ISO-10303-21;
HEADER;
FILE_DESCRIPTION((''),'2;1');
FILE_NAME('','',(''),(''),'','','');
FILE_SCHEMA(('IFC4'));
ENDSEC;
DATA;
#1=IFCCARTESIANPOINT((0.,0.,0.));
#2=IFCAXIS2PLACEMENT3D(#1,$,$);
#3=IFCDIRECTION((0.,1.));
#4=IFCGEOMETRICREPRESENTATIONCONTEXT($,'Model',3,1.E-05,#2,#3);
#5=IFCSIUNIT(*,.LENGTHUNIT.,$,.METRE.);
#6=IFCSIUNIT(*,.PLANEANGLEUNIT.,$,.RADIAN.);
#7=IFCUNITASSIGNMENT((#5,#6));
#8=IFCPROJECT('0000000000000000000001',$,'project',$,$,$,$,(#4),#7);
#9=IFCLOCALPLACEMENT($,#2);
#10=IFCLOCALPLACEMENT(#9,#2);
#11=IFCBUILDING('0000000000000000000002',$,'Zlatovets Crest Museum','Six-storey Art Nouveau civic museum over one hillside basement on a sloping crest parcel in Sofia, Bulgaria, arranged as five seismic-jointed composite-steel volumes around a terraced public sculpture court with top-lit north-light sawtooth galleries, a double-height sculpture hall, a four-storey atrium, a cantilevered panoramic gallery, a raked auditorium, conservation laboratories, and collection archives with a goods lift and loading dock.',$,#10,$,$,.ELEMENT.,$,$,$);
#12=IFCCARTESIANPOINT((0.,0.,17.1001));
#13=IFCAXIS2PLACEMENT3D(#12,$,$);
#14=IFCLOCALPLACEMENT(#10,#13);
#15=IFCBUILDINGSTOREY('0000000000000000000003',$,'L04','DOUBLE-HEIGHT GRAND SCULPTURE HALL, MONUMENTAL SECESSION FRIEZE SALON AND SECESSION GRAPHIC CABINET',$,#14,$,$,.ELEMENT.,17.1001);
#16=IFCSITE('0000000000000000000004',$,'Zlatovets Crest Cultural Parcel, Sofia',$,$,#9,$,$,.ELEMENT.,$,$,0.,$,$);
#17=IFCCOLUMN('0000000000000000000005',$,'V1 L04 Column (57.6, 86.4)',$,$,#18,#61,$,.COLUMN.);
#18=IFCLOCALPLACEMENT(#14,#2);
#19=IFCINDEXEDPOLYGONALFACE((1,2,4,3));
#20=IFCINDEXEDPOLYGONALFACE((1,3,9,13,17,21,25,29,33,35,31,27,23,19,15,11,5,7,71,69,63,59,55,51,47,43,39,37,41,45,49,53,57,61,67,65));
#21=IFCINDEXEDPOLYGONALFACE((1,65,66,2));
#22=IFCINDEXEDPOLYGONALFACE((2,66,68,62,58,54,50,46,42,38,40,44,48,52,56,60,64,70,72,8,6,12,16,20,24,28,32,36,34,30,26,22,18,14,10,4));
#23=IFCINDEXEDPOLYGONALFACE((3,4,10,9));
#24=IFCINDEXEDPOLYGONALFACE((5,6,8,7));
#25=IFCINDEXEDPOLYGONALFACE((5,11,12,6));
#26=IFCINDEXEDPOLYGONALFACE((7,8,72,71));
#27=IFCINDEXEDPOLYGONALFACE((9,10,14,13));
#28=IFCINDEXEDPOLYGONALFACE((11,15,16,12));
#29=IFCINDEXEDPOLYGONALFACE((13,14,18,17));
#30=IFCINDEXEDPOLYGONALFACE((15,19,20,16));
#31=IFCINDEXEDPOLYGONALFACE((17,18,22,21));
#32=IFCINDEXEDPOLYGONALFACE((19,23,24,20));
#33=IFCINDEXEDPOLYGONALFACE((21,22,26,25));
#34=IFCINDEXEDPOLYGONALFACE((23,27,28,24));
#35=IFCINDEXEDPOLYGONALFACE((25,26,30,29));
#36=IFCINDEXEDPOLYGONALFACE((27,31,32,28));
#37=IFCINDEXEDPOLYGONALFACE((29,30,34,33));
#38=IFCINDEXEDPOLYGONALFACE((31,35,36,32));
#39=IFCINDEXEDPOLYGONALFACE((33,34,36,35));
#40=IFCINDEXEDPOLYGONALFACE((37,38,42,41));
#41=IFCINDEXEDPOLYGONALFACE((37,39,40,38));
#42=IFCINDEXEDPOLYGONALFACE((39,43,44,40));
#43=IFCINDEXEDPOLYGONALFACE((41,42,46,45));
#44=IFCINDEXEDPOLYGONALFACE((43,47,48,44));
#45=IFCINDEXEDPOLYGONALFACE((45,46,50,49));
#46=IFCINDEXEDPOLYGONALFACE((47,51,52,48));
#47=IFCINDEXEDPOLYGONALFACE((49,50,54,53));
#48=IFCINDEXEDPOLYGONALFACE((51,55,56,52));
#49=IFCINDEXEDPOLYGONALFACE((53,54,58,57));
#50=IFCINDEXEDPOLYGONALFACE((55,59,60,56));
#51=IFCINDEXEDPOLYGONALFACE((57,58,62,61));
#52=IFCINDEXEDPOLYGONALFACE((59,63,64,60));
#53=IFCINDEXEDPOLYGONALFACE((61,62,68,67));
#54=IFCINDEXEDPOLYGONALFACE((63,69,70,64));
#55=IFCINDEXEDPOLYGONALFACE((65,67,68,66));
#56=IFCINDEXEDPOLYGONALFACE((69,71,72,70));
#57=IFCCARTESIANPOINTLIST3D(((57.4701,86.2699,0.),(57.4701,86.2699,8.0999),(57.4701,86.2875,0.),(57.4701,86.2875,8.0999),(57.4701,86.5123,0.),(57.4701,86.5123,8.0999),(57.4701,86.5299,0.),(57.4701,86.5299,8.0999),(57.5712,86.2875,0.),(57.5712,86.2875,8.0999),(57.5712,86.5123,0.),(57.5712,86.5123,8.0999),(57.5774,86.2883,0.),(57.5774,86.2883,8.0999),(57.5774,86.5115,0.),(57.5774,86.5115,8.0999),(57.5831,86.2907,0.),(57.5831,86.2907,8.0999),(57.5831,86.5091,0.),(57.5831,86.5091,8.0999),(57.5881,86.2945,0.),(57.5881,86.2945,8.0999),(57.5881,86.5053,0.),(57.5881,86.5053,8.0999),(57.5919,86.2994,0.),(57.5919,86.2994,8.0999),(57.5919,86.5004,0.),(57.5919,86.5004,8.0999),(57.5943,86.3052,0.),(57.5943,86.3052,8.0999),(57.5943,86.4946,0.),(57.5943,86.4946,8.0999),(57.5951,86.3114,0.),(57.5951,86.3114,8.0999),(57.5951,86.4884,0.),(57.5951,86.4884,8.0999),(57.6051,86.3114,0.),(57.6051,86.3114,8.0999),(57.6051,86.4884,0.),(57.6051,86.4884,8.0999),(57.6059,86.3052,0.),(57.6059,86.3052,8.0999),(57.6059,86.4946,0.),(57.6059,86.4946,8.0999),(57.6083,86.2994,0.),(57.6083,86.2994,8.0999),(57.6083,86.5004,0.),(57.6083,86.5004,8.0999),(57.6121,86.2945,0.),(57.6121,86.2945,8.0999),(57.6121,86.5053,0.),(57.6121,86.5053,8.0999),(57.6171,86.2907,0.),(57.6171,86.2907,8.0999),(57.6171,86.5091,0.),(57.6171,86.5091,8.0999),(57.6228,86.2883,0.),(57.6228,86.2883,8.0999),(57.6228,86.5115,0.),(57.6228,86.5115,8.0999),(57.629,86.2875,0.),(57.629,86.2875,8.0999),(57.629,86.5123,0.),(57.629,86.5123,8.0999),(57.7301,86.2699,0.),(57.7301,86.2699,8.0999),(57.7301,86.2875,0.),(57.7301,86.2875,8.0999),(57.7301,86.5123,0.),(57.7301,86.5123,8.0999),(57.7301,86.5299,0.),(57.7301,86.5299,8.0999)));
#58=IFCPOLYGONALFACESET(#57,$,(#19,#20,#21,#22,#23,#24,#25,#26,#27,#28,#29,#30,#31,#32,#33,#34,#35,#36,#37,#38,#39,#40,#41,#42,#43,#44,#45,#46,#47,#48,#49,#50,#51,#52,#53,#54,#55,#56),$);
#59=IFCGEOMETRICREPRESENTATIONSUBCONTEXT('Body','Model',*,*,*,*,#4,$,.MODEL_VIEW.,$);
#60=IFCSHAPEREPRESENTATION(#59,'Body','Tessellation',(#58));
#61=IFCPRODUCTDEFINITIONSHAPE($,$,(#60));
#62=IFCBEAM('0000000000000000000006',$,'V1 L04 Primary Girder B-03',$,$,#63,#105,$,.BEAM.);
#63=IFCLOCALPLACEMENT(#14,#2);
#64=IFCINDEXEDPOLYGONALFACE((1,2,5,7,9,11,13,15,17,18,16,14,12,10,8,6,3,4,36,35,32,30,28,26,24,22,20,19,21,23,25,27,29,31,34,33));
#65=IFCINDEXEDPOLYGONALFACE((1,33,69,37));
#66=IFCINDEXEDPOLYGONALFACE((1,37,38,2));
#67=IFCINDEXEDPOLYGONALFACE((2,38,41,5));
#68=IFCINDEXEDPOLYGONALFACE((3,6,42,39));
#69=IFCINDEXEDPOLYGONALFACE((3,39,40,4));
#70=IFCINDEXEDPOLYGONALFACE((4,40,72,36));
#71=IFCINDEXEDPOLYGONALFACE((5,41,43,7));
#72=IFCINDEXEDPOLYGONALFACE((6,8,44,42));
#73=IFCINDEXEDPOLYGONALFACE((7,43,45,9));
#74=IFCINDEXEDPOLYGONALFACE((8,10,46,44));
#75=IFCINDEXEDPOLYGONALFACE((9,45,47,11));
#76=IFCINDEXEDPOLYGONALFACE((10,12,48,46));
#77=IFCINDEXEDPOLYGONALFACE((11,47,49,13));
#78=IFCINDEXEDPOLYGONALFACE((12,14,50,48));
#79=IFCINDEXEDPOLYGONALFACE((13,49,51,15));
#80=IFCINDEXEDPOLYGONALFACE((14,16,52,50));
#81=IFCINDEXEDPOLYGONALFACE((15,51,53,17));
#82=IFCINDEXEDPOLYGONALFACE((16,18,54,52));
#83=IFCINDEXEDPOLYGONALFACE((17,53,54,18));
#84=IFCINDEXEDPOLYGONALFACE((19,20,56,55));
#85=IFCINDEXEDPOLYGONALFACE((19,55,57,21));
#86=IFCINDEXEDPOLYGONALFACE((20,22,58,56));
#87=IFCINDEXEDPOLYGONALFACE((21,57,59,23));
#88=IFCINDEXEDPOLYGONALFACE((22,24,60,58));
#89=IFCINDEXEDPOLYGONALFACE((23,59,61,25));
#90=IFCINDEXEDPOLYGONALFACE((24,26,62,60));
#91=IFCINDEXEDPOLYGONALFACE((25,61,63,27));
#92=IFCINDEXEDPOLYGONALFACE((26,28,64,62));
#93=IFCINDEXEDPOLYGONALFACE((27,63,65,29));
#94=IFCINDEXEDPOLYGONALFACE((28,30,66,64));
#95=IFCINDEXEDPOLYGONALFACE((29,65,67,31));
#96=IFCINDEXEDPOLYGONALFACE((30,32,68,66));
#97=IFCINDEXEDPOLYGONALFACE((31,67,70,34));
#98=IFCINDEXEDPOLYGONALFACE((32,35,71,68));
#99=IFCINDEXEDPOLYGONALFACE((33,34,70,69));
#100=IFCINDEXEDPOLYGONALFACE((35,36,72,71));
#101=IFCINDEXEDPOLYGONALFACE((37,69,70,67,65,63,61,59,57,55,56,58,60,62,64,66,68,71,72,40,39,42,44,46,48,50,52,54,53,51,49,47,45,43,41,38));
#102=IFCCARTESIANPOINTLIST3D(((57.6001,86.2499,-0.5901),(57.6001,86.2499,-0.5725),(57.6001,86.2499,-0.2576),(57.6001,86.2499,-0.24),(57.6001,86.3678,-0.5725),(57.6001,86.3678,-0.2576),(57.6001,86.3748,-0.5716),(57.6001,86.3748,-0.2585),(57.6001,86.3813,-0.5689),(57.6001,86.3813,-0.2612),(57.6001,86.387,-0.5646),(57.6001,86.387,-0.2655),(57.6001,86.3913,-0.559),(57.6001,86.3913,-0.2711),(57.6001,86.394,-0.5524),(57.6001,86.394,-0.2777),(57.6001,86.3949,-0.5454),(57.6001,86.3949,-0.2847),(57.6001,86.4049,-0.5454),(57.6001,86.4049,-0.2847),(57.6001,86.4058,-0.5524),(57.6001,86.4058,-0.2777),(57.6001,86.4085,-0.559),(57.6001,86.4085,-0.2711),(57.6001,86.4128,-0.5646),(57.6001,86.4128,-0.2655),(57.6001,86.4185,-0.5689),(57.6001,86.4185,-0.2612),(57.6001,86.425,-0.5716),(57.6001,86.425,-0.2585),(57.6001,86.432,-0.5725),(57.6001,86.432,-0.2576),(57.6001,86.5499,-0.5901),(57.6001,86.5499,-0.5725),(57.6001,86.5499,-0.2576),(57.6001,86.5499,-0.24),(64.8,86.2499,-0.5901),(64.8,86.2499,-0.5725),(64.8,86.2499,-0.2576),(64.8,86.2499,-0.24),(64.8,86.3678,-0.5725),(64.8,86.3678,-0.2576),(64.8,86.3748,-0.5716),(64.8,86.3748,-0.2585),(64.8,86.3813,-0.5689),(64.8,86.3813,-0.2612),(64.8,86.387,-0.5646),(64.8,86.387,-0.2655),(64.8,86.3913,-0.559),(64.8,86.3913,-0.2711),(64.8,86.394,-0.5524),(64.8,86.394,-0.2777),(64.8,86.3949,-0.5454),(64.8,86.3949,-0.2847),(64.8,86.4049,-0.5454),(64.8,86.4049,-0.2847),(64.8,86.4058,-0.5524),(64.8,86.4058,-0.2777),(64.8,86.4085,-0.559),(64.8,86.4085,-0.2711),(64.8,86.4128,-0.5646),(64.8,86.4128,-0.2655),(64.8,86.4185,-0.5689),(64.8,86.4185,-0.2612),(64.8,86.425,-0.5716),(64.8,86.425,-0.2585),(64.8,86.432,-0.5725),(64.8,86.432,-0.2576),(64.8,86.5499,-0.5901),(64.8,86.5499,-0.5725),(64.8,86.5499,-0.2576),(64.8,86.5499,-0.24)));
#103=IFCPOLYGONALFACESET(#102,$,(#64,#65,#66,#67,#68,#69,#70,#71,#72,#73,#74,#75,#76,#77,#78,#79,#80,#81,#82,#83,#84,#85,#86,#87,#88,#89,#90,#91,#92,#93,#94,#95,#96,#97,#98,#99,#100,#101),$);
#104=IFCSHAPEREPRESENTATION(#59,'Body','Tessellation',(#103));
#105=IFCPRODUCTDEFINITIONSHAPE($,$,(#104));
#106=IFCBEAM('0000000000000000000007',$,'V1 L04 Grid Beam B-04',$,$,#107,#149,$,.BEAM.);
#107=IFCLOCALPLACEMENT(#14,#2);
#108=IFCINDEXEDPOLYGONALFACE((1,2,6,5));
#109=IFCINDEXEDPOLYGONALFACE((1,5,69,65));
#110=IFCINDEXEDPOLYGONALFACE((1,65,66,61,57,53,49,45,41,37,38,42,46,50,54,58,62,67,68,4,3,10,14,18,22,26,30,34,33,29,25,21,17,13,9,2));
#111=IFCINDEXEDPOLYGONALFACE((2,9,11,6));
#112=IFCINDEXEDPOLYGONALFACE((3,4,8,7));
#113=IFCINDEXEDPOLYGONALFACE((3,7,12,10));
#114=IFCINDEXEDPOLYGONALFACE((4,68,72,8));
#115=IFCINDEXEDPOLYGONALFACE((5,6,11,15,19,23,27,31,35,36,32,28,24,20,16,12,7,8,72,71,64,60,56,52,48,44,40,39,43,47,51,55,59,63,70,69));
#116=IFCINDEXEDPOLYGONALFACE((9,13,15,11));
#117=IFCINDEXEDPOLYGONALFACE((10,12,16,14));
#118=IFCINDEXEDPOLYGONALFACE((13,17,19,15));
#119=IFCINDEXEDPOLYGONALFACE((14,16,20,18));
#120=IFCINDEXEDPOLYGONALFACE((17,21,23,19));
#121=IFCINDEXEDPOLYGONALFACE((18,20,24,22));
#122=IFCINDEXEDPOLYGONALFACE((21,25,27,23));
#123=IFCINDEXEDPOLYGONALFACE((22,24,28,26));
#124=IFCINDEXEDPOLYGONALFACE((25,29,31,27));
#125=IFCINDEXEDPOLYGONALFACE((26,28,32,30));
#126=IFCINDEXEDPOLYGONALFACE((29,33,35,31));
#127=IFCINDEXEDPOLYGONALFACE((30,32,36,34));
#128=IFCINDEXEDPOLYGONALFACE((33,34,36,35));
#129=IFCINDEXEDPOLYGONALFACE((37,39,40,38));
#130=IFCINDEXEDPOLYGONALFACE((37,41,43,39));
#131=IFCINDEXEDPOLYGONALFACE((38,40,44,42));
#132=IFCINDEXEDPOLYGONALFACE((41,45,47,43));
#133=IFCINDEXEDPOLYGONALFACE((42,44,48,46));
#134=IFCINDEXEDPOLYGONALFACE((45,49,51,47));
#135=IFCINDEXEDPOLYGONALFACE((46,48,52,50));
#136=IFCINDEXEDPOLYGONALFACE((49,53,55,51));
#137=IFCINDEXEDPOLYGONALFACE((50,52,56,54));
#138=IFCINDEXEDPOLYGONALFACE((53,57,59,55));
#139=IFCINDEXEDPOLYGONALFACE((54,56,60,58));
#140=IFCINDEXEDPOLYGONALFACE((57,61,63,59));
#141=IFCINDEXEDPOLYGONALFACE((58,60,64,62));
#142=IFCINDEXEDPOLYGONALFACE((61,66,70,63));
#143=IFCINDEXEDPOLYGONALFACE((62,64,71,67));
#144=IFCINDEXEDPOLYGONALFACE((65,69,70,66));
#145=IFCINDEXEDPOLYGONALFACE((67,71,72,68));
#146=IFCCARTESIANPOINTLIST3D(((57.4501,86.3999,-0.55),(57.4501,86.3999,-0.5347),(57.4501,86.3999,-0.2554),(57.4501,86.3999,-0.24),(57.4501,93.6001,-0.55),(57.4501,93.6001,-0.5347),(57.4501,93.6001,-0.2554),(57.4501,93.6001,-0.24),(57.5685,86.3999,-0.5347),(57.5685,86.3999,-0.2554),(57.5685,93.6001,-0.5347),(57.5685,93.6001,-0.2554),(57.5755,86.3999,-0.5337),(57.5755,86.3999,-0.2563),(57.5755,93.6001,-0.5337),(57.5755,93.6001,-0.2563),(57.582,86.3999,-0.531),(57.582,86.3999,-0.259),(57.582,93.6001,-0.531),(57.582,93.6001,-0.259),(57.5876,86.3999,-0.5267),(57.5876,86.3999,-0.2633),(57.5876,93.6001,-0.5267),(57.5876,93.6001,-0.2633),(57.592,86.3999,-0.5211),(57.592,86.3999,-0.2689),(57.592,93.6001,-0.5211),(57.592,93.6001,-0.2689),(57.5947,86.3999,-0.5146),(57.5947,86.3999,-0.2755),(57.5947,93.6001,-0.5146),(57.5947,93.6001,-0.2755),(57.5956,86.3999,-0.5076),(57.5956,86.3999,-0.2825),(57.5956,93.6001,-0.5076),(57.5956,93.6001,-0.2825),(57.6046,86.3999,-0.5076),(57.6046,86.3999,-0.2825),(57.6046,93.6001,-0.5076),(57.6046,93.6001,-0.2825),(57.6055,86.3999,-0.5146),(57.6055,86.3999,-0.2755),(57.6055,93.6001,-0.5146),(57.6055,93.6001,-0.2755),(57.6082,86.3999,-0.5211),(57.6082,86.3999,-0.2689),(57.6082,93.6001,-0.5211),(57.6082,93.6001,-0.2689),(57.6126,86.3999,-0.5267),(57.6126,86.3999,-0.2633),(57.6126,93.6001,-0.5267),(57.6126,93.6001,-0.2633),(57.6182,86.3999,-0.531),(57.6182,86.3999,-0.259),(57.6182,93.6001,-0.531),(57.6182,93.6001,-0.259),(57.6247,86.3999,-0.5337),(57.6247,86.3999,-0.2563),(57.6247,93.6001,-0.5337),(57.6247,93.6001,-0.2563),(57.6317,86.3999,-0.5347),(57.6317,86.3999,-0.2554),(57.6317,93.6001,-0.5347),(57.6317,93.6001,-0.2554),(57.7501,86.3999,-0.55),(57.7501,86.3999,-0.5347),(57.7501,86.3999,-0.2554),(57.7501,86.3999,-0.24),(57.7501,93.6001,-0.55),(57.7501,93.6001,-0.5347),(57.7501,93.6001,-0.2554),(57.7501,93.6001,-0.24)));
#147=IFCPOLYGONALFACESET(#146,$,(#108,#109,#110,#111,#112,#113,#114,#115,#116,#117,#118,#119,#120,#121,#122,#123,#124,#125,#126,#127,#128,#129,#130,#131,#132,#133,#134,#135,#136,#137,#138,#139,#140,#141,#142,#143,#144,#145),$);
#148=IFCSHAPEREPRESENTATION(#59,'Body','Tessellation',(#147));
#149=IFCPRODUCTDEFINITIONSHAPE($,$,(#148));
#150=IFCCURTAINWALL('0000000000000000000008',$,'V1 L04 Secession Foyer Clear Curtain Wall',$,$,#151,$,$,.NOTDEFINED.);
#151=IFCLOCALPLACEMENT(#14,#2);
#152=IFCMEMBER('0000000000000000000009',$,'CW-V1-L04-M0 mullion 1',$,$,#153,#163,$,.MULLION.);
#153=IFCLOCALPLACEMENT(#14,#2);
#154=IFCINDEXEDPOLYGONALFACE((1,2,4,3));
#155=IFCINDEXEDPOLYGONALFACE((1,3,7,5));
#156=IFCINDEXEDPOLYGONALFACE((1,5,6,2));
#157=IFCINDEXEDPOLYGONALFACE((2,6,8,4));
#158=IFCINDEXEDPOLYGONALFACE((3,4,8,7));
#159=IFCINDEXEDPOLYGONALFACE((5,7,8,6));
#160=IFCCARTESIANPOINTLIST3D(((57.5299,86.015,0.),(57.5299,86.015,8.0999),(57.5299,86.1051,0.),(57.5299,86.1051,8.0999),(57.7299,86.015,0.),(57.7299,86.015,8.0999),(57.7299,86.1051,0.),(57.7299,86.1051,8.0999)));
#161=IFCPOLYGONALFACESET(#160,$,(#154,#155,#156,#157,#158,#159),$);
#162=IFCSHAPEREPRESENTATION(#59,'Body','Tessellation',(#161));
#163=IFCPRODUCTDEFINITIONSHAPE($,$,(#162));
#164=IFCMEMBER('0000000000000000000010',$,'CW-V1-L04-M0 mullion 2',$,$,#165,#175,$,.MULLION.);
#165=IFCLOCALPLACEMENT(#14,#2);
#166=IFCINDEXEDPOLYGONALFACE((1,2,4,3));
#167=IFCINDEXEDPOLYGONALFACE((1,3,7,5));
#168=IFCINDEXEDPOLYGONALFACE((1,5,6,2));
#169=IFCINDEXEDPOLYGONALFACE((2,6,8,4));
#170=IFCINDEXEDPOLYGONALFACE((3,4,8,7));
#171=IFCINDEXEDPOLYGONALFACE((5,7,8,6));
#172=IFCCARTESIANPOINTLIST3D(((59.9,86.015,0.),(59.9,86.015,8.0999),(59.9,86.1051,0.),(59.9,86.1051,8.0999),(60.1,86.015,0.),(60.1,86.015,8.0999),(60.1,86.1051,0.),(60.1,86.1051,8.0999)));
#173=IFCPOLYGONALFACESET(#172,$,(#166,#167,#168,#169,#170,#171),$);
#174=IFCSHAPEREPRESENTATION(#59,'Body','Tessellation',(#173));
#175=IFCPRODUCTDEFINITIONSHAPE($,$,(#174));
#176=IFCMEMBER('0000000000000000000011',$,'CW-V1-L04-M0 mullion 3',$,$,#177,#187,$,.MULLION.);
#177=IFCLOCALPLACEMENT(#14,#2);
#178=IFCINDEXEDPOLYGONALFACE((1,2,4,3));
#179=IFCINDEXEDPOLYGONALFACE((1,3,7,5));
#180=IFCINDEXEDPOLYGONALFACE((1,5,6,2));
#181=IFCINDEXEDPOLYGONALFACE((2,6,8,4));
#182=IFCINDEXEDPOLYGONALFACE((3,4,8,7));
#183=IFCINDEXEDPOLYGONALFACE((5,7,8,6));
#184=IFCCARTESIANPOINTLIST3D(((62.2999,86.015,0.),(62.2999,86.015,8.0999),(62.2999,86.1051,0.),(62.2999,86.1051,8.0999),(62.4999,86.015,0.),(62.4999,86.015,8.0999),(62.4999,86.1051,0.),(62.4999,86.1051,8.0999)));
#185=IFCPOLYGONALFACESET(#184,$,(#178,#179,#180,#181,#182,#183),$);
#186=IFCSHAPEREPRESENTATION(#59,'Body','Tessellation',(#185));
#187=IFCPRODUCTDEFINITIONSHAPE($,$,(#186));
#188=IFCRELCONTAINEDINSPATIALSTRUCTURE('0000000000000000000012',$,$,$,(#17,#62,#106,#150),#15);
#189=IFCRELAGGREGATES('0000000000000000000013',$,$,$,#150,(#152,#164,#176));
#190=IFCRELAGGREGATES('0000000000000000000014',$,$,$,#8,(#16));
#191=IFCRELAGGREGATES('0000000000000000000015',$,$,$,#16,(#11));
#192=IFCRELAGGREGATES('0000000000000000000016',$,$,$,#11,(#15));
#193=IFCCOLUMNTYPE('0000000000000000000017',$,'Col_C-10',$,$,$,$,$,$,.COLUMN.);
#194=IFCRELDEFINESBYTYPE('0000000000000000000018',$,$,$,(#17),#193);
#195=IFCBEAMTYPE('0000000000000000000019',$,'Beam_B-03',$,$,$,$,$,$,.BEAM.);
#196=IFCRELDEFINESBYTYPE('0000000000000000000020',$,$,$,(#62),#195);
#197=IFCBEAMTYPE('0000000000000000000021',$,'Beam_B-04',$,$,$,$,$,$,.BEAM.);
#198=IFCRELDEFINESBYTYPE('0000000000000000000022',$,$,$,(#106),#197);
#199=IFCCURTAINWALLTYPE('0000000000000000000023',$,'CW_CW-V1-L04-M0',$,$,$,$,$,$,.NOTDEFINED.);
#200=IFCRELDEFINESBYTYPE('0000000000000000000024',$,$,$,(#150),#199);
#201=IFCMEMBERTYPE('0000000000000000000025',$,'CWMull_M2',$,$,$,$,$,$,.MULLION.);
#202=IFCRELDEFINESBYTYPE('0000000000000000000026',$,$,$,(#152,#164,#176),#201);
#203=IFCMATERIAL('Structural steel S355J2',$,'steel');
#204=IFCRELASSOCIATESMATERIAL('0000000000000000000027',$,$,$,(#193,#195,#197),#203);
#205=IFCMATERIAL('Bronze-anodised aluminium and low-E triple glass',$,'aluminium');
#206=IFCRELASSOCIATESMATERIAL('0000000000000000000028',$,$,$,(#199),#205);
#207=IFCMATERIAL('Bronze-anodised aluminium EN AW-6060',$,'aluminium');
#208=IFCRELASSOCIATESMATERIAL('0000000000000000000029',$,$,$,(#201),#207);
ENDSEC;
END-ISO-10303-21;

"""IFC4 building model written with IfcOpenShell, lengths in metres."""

from ifc_helpers import new_model, si_unit, direction, frame, origin, origin_2d, place, context, subcontext, project, spatial, rectangle, i_section, extrude, material, material_profile, profile_set, type_object, element, aggregate, save


model = new_model("IFC4")

# Units and contexts
model_context = context("Model", 3, precision=1e-05, world=origin(), true_north=direction((0.0, 1.0)))
body_context = subcontext(model_context, "Body", "Model", "MODEL_VIEW")
ifc_project = project(units=[si_unit("LENGTHUNIT", "METRE"), si_unit("PLANEANGLEUNIT", "RADIAN")], contexts=[model_context])

# Site, building, storey
site_placement = place(None, origin())
site = spatial("IfcSite", under=ifc_project, at=site_placement, Name="Zlatovets Crest Cultural Parcel, Sofia", CompositionType="ELEMENT", RefElevation=0.0)
building_placement = place(site_placement, origin())
building = spatial("IfcBuilding", under=site, at=building_placement, Name="Zlatovets Crest Museum", Description="Six-storey Art Nouveau civic museum over one hillside basement on a sloping crest parcel in Sofia, Bulgaria, arranged as five seismic-jointed composite-steel volumes around a terraced public sculpture court with top-lit north-light sawtooth galleries, a double-height sculpture hall, a four-storey atrium, a cantilevered panoramic gallery, a raked auditorium, conservation laboratories, and collection archives with a goods lift and loading dock.", CompositionType="ELEMENT")
storey_placement = place(building_placement, frame((0.0, 0.0, 17.1001)))
storey = spatial("IfcBuildingStorey", under=building, at=storey_placement, Name="L04", Description="DOUBLE-HEIGHT GRAND SCULPTURE HALL, MONUMENTAL SECESSION FRIEZE SALON AND SECESSION GRAPHIC CABINET", CompositionType="ELEMENT", Elevation=17.1001)

# Column
ifc_material_1 = material(Name="Structural steel S355J2", Category="steel")
ifc_material_profile_1 = material_profile(ifc_material_1, i_section(OverallWidth=0.26, OverallDepth=0.26, WebThickness=0.01, FlangeThickness=0.0176, FilletRadius=0.0239, at=origin_2d()), Name="HEB 260")
ifc_profile_set_1 = profile_set([ifc_material_profile_1], Name="Structural steel S355J2")
column_type = type_object("IfcColumnType", Name="Col_C-10", PredefinedType="COLUMN", material=ifc_profile_set_1)
column_placement = place(storey_placement, frame((57.6001, 86.3999, 0.0), z_axis=(0.0, 0.0, 1.0), x_axis=(1.0, 0.0, 0.0)))
element("IfcColumn", 1, at=column_placement, inside=storey, type_object=column_type, Name="V1 L04 Column (57.6, 86.4)", PredefinedType="COLUMN", context=body_context, shape_type="SweptSolid", body=[
    extrude(i_section(OverallWidth=0.26, OverallDepth=0.26, WebThickness=0.01, FlangeThickness=0.0176, FilletRadius=0.0239, at=origin_2d()), origin(), (0.0, 0.0, 1.0), 8.0999),
])

# Beams
ifc_material_profile_2 = material_profile(ifc_material_1, i_section(OverallWidth=0.3, OverallDepth=0.3501, WebThickness=0.01, FlangeThickness=0.0176, FilletRadius=0.0271, at=origin_2d()), Name="HEA 360")
ifc_profile_set_2 = profile_set([ifc_material_profile_2], Name="Structural steel S355J2")
beam_type_1 = type_object("IfcBeamType", Name="Beam_B-03", PredefinedType="BEAM", material=ifc_profile_set_2)
beam_1_placement = place(storey_placement, frame((57.6001, 86.3999, -0.415), z_axis=(1.0, 0.0, 0.0), x_axis=(0.0, 1.0, 0.0)))
element("IfcBeam", 2, at=beam_1_placement, inside=storey, type_object=beam_type_1, Name="V1 L04 Primary Girder B-03", PredefinedType="BEAM", context=body_context, shape_type="SweptSolid", body=[
    extrude(i_section(OverallWidth=0.3, OverallDepth=0.3501, WebThickness=0.01, FlangeThickness=0.0176, FilletRadius=0.0271, at=origin_2d()), origin(), (0.0, 0.0, 1.0), 7.2),
])
ifc_material_profile_3 = material_profile(ifc_material_1, i_section(OverallWidth=0.3, OverallDepth=0.3101, WebThickness=0.009, FlangeThickness=0.0154, FilletRadius=0.0271, at=origin_2d()), Name="HEA 320")
ifc_profile_set_3 = profile_set([ifc_material_profile_3], Name="Structural steel S355J2")
beam_type_2 = type_object("IfcBeamType", Name="Beam_B-04", PredefinedType="BEAM", material=ifc_profile_set_3)
beam_2_placement = place(storey_placement, frame((57.6001, 86.3999, -0.395), z_axis=(0.0, 1.0, 0.0), x_axis=(-1.0, 0.0, 0.0)))
element("IfcBeam", 3, at=beam_2_placement, inside=storey, type_object=beam_type_2, Name="V1 L04 Grid Beam B-04", PredefinedType="BEAM", context=body_context, shape_type="SweptSolid", body=[
    extrude(i_section(OverallWidth=0.3, OverallDepth=0.3101, WebThickness=0.009, FlangeThickness=0.0154, FilletRadius=0.0271, at=origin_2d()), origin(), (0.0, 0.0, 1.0), 7.2002),
])

# Curtain wall, members
ifc_material_2 = material(Name="Bronze-anodised aluminium and low-E triple glass", Category="aluminium")
curtain_wall_type = type_object("IfcCurtainWallType", Name="CW_CW-V1-L04-M0", PredefinedType="NOTDEFINED", material=ifc_material_2)
curtain_wall_placement = place(storey_placement, origin())
curtain_wall = element("IfcCurtainWall", 4, at=curtain_wall_placement, inside=storey, type_object=curtain_wall_type, Name="V1 L04 Secession Foyer Clear Curtain Wall", PredefinedType="NOTDEFINED")
ifc_material_3 = material(Name="Bronze-anodised aluminium EN AW-6060", Category="aluminium")
ifc_material_profile_4 = material_profile(ifc_material_3, rectangle(XDim=0.0901, YDim=0.2, at=origin_2d()), Name="ALU 90x200")
ifc_profile_set_4 = profile_set([ifc_material_profile_4], Name="Bronze-anodised aluminium EN AW-6060")
member_type_1 = type_object("IfcMemberType", Name="CWMull_M2", PredefinedType="MULLION", material=ifc_profile_set_4)
member_1_placement = place(storey_placement, frame((57.6299, 86.0601, 0.0), z_axis=(0.0, 0.0, 1.0), x_axis=(0.0, 1.0, 0.0)))
member_1 = element("IfcMember", 5, at=member_1_placement, type_object=member_type_1, Name="CW-V1-L04-M0 mullion 1", PredefinedType="MULLION", context=body_context, shape_type="SweptSolid", body=[
    extrude(rectangle(XDim=0.0901, YDim=0.2, at=origin_2d()), origin(), (0.0, 0.0, 1.0), 8.0999),
])
member_2_placement = place(storey_placement, frame((60.0, 86.0601, 0.0), z_axis=(0.0, 0.0, 1.0), x_axis=(0.0, 1.0, 0.0)))
member_2 = element("IfcMember", 6, at=member_2_placement, type_object=member_type_1, Name="CW-V1-L04-M0 mullion 2", PredefinedType="MULLION", context=body_context, shape_type="SweptSolid", body=[
    extrude(rectangle(XDim=0.0901, YDim=0.2, at=origin_2d()), origin(), (0.0, 0.0, 1.0), 8.0999),
])
member_3_placement = place(storey_placement, frame((62.3999, 86.0601, 0.0), z_axis=(0.0, 0.0, 1.0), x_axis=(0.0, 1.0, 0.0)))
member_3 = element("IfcMember", 7, at=member_3_placement, type_object=member_type_1, Name="CW-V1-L04-M0 mullion 3", PredefinedType="MULLION", context=body_context, shape_type="SweptSolid", body=[
    extrude(rectangle(XDim=0.0901, YDim=0.2, at=origin_2d()), origin(), (0.0, 0.0, 1.0), 8.0999),
])

aggregate(curtain_wall, [member_1, member_2, member_3])

save(model, "model.ifc")
